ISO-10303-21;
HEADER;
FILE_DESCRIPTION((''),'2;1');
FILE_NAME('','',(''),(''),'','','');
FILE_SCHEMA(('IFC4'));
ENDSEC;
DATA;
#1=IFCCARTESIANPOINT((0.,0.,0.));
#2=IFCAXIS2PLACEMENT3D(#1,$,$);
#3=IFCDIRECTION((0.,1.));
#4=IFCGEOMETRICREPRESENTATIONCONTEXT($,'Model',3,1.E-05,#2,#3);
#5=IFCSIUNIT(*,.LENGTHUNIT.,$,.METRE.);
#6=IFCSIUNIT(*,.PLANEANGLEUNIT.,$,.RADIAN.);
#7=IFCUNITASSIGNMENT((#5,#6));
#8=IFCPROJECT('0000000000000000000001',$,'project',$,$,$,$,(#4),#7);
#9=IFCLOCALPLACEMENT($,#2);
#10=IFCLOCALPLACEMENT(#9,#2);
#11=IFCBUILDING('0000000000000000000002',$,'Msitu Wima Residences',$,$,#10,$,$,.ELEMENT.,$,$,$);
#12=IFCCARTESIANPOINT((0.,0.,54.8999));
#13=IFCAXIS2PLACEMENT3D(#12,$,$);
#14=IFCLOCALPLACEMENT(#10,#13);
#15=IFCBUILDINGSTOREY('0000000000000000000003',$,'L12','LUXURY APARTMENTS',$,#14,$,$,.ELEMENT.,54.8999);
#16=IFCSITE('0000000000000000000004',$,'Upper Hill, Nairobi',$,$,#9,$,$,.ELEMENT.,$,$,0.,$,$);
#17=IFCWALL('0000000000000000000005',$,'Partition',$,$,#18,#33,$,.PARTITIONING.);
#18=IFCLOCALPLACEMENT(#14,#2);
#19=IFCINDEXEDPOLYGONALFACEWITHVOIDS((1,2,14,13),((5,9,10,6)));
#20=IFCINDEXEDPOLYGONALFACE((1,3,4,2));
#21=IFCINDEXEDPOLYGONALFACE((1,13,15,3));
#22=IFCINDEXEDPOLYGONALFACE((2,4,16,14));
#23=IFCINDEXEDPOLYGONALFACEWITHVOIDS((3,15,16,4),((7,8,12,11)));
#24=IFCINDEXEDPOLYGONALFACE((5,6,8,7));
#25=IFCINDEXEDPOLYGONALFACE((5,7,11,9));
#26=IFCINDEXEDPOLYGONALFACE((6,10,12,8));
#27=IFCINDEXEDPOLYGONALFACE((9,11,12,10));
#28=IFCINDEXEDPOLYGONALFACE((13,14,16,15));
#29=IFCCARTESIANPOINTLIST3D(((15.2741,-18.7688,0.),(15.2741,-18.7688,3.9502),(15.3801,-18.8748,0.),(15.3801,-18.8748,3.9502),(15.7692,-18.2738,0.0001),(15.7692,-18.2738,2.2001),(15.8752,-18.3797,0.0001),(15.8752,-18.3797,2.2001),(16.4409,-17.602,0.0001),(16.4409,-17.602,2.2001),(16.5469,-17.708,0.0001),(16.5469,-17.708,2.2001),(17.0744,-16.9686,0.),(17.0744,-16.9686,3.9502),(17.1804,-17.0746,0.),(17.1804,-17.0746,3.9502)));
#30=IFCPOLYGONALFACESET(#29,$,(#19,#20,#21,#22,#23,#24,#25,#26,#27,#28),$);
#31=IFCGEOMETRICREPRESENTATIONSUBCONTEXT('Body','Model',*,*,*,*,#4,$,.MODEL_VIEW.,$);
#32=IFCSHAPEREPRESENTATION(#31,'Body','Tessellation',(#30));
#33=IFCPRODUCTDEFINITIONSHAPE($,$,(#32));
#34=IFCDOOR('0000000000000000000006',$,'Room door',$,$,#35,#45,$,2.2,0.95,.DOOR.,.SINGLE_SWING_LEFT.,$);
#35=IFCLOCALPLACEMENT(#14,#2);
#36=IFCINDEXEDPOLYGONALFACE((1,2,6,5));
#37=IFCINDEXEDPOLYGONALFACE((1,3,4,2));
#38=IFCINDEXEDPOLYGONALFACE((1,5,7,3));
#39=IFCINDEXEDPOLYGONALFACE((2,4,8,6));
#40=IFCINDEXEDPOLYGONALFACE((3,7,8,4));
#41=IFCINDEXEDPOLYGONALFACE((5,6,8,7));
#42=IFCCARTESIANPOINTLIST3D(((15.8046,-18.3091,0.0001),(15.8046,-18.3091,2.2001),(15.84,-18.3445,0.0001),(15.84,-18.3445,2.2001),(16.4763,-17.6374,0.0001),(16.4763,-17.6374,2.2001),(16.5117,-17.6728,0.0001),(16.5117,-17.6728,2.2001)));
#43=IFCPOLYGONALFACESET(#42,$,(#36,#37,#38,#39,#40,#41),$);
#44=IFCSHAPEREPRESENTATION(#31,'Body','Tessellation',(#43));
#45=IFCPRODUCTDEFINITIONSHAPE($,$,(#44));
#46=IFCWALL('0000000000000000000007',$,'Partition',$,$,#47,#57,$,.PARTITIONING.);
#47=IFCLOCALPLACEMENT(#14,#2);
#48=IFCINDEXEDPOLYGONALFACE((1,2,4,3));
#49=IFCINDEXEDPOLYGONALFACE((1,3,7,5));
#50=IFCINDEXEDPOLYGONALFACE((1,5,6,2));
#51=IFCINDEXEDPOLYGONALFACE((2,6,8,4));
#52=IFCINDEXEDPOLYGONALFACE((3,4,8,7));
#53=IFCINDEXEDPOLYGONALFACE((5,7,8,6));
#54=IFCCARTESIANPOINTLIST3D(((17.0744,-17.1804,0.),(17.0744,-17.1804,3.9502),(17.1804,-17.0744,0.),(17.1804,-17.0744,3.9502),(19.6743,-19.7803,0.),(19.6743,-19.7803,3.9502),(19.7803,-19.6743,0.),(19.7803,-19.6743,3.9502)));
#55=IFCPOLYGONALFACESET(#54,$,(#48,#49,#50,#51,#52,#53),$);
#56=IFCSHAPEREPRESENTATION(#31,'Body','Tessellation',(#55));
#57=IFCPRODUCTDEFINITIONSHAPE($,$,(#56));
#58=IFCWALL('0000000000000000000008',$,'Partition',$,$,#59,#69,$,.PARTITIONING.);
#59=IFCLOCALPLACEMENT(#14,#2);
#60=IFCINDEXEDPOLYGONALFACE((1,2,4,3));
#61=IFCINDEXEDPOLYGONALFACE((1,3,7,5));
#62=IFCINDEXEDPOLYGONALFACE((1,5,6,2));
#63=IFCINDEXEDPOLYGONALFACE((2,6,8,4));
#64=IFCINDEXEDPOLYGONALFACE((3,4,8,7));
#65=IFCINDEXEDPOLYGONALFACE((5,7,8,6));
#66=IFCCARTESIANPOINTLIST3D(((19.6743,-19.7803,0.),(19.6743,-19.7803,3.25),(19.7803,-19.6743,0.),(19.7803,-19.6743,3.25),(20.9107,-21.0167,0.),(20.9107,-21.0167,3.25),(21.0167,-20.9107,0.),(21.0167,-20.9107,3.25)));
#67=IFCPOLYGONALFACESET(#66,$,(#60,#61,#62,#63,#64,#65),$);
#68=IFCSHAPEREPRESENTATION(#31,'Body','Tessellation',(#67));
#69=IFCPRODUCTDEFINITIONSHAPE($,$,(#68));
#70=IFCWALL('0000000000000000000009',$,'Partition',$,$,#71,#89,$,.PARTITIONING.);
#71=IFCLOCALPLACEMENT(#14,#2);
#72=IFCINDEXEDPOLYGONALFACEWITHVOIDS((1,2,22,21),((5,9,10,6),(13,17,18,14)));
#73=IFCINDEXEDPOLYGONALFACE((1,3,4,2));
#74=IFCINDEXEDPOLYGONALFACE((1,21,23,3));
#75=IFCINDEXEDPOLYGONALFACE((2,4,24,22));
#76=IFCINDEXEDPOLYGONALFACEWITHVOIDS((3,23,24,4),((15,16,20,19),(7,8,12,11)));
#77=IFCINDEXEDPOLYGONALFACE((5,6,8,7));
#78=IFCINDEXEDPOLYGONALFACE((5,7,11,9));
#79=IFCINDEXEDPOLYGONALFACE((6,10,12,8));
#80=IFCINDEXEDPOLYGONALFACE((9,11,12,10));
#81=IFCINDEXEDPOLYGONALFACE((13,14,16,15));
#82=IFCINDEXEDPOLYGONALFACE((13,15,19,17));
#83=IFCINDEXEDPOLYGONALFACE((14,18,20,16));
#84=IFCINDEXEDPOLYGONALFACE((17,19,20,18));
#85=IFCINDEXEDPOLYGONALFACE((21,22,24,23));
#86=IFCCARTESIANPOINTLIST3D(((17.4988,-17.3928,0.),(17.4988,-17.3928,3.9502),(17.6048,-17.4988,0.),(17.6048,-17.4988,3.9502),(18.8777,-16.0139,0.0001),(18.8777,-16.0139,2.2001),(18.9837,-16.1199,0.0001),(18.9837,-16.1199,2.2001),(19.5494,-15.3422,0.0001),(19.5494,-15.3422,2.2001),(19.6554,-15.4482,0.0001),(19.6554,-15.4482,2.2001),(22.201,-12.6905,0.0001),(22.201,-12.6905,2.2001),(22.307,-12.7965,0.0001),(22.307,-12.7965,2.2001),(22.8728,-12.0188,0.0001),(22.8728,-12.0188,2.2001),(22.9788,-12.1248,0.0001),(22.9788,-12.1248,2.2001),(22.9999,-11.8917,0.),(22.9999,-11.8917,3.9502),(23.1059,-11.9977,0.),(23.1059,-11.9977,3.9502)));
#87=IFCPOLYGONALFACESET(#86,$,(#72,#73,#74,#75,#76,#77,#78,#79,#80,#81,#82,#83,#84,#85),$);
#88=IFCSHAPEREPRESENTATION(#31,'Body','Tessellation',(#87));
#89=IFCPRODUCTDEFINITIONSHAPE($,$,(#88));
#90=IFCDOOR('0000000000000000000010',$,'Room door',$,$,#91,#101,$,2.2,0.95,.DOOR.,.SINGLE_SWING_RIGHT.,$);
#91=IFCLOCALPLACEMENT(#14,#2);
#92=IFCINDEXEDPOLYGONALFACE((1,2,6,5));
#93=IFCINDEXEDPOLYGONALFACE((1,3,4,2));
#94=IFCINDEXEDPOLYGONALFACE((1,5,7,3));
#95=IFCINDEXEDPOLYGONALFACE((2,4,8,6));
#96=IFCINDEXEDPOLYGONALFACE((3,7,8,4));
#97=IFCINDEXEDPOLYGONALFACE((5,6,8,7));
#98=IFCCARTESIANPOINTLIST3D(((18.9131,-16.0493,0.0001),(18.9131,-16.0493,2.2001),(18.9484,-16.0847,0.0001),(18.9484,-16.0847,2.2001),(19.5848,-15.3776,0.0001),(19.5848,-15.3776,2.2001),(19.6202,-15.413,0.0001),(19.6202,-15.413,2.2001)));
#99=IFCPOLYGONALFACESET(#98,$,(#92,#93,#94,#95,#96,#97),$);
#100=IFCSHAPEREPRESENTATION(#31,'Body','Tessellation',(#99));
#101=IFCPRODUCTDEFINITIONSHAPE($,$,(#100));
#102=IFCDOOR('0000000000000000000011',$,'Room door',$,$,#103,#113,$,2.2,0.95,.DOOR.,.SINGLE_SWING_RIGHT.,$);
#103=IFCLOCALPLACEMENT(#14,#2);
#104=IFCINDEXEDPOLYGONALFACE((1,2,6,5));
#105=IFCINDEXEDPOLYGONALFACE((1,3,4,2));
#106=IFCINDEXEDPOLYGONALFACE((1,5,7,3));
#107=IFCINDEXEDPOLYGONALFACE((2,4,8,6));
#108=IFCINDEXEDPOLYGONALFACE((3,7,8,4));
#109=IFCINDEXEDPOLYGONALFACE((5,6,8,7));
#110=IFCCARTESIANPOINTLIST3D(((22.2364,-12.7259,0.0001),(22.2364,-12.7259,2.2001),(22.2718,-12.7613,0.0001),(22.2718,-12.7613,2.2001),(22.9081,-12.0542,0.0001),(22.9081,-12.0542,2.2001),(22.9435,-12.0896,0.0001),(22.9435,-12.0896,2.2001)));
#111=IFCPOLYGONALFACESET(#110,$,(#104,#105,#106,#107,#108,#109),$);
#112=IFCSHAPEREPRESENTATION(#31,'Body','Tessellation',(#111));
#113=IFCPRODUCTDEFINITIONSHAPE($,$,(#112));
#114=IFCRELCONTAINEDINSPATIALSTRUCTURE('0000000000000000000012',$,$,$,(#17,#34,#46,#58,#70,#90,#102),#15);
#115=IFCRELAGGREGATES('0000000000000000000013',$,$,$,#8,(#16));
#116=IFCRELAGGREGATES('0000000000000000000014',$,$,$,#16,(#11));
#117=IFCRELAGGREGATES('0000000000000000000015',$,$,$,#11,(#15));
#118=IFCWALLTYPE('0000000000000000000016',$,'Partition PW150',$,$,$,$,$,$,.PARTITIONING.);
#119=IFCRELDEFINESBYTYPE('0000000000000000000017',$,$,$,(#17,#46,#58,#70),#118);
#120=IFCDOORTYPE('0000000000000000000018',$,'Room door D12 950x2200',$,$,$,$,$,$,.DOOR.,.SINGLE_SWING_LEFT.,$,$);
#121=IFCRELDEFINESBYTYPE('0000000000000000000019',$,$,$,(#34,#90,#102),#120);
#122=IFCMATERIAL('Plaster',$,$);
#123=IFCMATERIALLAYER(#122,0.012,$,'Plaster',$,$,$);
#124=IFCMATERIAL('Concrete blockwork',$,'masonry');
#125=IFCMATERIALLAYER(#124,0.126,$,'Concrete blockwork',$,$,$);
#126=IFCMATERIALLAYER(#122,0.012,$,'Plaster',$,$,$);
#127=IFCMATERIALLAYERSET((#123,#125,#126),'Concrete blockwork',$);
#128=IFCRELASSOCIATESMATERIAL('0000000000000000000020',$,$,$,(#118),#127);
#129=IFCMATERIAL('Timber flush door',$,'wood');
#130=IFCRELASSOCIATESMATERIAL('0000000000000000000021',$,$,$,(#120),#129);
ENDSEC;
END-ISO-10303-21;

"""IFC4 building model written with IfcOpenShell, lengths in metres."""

from ifc_helpers import new_model, si_unit, direction, frame, frame_2d, origin, place, context, subcontext, project, spatial, rectangle, extrude, material, layer, layer_set, type_object, element, fill, save


model = new_model("IFC4")

# Units and contexts
model_context = context("Model", 3, precision=1e-05, world=origin(), true_north=direction((0.0, 1.0)))
body_context = subcontext(model_context, "Body", "Model", "MODEL_VIEW")
ifc_project = project(units=[si_unit("LENGTHUNIT", "METRE"), si_unit("PLANEANGLEUNIT", "RADIAN")], contexts=[model_context])

# Site, building, storey
site_placement = place(None, origin())
site = spatial("IfcSite", under=ifc_project, at=site_placement, Name="Upper Hill, Nairobi", CompositionType="ELEMENT", RefElevation=0.0)
building_placement = place(site_placement, origin())
building = spatial("IfcBuilding", under=site, at=building_placement, Name="Msitu Wima Residences", CompositionType="ELEMENT")
storey_placement = place(building_placement, frame((0.0, 0.0, 54.8999)))
storey = spatial("IfcBuildingStorey", under=building, at=storey_placement, Name="L12", Description="LUXURY APARTMENTS", CompositionType="ELEMENT", Elevation=54.8999)

# Wall, opening, door
ifc_material_1 = material(Name="Plaster")
ifc_material_2 = material(Name="Concrete blockwork", Category="masonry")
ifc_layer_1 = layer(ifc_material_1, 0.012, Name="Plaster")
ifc_layer_2 = layer(ifc_material_2, 0.126, Name="Concrete blockwork")
ifc_layer_3 = layer(ifc_material_1, 0.012, Name="Plaster")
ifc_layer_set_1 = layer_set([ifc_layer_1, ifc_layer_2, ifc_layer_3], Name="Concrete blockwork")
wall_type_1 = type_object("IfcWallType", Name="Partition PW150", PredefinedType="PARTITIONING", material=ifc_layer_set_1)
wall_1_placement = place(storey_placement, frame((15.3271, -18.8218, 0.0), z_axis=(0.0, 0.0, 1.0), x_axis=(0.707107, 0.707107, 0.0)))
wall_1 = element("IfcWall", 1, at=wall_1_placement, inside=storey, type_object=wall_type_1, Name="Partition", PredefinedType="PARTITIONING", context=body_context, shape_type="SweptSolid", body=[
    extrude(rectangle(XDim=2.5459, YDim=0.1499, at=frame_2d((1.2729, 0.0))), origin(), (0.0, 0.0, 1.0), 3.9502),
])
opening_1_placement = place(wall_1_placement, frame((0.7, 0.0, 0.0)))
opening_1 = element("IfcOpeningElement", 2, at=opening_1_placement, cuts=wall_1, PredefinedType="OPENING", context=body_context, shape_type="SweptSolid", body=[
    extrude(rectangle(XDim=0.95, YDim=2.2, at=frame_2d((0.4751, 1.1001))), frame((0.0, 0.085, 0.0), z_axis=(0.0, -1.0, 0.0), x_axis=(1.0, 0.0, 0.0)), (0.0, 0.0, 1.0), 0.1699),
])
ifc_material_3 = material(Name="Timber flush door", Category="wood")
door_type_1 = type_object("IfcDoorType", Name="Room door D12 950x2200", OperationType="SINGLE_SWING_LEFT", PredefinedType="DOOR", material=ifc_material_3)
door_1_placement = place(opening_1_placement, origin())
door_1 = element("IfcDoor", 3, at=door_1_placement, inside=storey, type_object=door_type_1, Name="Room door", OperationType="SINGLE_SWING_LEFT", OverallHeight=2.2, OverallWidth=0.95, PredefinedType="DOOR", context=body_context, shape_type="SweptSolid", body=[
    extrude(rectangle(XDim=0.95, YDim=2.2, at=frame_2d((0.4751, 1.1001))), frame((0.0, 0.0249, 0.0), z_axis=(0.0, -1.0, 0.0), x_axis=(1.0, 0.0, 0.0)), (0.0, 0.0, 1.0), 0.05),
])
fill(opening_1, door_1)

# Walls
wall_2_placement = place(storey_placement, frame((17.1274, -17.1274, 0.0), z_axis=(0.0, 0.0, 1.0), x_axis=(0.707107, -0.707107, 0.0)))
element("IfcWall", 4, at=wall_2_placement, inside=storey, type_object=wall_type_1, Name="Partition", PredefinedType="PARTITIONING", context=body_context, shape_type="SweptSolid", body=[
    extrude(rectangle(XDim=3.6768, YDim=0.1499, at=frame_2d((1.8384, 0.0))), origin(), (0.0, 0.0, 1.0), 3.9502),
])
wall_3_placement = place(storey_placement, frame((19.7273, -19.7273, 0.0), z_axis=(0.0, 0.0, 1.0), x_axis=(0.707107, -0.707107, 0.0)))
element("IfcWall", 5, at=wall_3_placement, inside=storey, type_object=wall_type_1, Name="Partition", PredefinedType="PARTITIONING", context=body_context, shape_type="SweptSolid", body=[
    extrude(rectangle(XDim=1.7485, YDim=0.1499, at=frame_2d((0.8743, 0.0))), origin(), (0.0, 0.0, 1.0), 3.25),
])

# Wall, openings, doors
wall_4_placement = place(storey_placement, frame((17.5518, -17.4458, 0.0), z_axis=(0.0, 0.0, 1.0), x_axis=(0.707107, 0.707107, 0.0)))
wall_4 = element("IfcWall", 6, at=wall_4_placement, inside=storey, type_object=wall_type_1, Name="Partition", PredefinedType="PARTITIONING", context=body_context, shape_type="SweptSolid", body=[
    extrude(rectangle(XDim=7.7798, YDim=0.1499, at=frame_2d((3.8899, 0.0))), origin(), (0.0, 0.0, 1.0), 3.9502),
])
opening_2_placement = place(wall_4_placement, frame((1.95, 0.0, 0.0)))
opening_2 = element("IfcOpeningElement", 7, at=opening_2_placement, cuts=wall_4, PredefinedType="OPENING", context=body_context, shape_type="SweptSolid", body=[
    extrude(rectangle(XDim=0.95, YDim=2.2, at=frame_2d((0.4751, 1.1001))), frame((0.0, 0.085, 0.0), z_axis=(0.0, -1.0, 0.0), x_axis=(1.0, 0.0, 0.0)), (0.0, 0.0, 1.0), 0.1699),
])
opening_3_placement = place(wall_4_placement, frame((6.6499, 0.0, 0.0)))
opening_3 = element("IfcOpeningElement", 8, at=opening_3_placement, cuts=wall_4, PredefinedType="OPENING", context=body_context, shape_type="SweptSolid", body=[
    extrude(rectangle(XDim=0.95, YDim=2.2, at=frame_2d((0.4751, 1.1001))), frame((0.0, 0.085, 0.0), z_axis=(0.0, -1.0, 0.0), x_axis=(1.0, 0.0, 0.0)), (0.0, 0.0, 1.0), 0.1699),
])
door_2_placement = place(opening_2_placement, origin())
door_2 = element("IfcDoor", 9, at=door_2_placement, inside=storey, type_object=door_type_1, Name="Room door", OperationType="SINGLE_SWING_RIGHT", OverallHeight=2.2, OverallWidth=0.95, PredefinedType="DOOR", context=body_context, shape_type="SweptSolid", body=[
    extrude(rectangle(XDim=0.95, YDim=2.2, at=frame_2d((0.4751, 1.1001))), frame((0.0, 0.0249, 0.0), z_axis=(0.0, -1.0, 0.0), x_axis=(1.0, 0.0, 0.0)), (0.0, 0.0, 1.0), 0.05),
])
fill(opening_2, door_2)
door_3_placement = place(opening_3_placement, origin())
door_3 = element("IfcDoor", 10, at=door_3_placement, inside=storey, type_object=door_type_1, Name="Room door", OperationType="SINGLE_SWING_RIGHT", OverallHeight=2.2, OverallWidth=0.95, PredefinedType="DOOR", context=body_context, shape_type="SweptSolid", body=[
    extrude(rectangle(XDim=0.95, YDim=2.2, at=frame_2d((0.4751, 1.1001))), frame((0.0, 0.0249, 0.0), z_axis=(0.0, -1.0, 0.0), x_axis=(1.0, 0.0, 0.0)), (0.0, 0.0, 1.0), 0.05),
])
fill(opening_3, door_3)

save(model, "model.ifc")
